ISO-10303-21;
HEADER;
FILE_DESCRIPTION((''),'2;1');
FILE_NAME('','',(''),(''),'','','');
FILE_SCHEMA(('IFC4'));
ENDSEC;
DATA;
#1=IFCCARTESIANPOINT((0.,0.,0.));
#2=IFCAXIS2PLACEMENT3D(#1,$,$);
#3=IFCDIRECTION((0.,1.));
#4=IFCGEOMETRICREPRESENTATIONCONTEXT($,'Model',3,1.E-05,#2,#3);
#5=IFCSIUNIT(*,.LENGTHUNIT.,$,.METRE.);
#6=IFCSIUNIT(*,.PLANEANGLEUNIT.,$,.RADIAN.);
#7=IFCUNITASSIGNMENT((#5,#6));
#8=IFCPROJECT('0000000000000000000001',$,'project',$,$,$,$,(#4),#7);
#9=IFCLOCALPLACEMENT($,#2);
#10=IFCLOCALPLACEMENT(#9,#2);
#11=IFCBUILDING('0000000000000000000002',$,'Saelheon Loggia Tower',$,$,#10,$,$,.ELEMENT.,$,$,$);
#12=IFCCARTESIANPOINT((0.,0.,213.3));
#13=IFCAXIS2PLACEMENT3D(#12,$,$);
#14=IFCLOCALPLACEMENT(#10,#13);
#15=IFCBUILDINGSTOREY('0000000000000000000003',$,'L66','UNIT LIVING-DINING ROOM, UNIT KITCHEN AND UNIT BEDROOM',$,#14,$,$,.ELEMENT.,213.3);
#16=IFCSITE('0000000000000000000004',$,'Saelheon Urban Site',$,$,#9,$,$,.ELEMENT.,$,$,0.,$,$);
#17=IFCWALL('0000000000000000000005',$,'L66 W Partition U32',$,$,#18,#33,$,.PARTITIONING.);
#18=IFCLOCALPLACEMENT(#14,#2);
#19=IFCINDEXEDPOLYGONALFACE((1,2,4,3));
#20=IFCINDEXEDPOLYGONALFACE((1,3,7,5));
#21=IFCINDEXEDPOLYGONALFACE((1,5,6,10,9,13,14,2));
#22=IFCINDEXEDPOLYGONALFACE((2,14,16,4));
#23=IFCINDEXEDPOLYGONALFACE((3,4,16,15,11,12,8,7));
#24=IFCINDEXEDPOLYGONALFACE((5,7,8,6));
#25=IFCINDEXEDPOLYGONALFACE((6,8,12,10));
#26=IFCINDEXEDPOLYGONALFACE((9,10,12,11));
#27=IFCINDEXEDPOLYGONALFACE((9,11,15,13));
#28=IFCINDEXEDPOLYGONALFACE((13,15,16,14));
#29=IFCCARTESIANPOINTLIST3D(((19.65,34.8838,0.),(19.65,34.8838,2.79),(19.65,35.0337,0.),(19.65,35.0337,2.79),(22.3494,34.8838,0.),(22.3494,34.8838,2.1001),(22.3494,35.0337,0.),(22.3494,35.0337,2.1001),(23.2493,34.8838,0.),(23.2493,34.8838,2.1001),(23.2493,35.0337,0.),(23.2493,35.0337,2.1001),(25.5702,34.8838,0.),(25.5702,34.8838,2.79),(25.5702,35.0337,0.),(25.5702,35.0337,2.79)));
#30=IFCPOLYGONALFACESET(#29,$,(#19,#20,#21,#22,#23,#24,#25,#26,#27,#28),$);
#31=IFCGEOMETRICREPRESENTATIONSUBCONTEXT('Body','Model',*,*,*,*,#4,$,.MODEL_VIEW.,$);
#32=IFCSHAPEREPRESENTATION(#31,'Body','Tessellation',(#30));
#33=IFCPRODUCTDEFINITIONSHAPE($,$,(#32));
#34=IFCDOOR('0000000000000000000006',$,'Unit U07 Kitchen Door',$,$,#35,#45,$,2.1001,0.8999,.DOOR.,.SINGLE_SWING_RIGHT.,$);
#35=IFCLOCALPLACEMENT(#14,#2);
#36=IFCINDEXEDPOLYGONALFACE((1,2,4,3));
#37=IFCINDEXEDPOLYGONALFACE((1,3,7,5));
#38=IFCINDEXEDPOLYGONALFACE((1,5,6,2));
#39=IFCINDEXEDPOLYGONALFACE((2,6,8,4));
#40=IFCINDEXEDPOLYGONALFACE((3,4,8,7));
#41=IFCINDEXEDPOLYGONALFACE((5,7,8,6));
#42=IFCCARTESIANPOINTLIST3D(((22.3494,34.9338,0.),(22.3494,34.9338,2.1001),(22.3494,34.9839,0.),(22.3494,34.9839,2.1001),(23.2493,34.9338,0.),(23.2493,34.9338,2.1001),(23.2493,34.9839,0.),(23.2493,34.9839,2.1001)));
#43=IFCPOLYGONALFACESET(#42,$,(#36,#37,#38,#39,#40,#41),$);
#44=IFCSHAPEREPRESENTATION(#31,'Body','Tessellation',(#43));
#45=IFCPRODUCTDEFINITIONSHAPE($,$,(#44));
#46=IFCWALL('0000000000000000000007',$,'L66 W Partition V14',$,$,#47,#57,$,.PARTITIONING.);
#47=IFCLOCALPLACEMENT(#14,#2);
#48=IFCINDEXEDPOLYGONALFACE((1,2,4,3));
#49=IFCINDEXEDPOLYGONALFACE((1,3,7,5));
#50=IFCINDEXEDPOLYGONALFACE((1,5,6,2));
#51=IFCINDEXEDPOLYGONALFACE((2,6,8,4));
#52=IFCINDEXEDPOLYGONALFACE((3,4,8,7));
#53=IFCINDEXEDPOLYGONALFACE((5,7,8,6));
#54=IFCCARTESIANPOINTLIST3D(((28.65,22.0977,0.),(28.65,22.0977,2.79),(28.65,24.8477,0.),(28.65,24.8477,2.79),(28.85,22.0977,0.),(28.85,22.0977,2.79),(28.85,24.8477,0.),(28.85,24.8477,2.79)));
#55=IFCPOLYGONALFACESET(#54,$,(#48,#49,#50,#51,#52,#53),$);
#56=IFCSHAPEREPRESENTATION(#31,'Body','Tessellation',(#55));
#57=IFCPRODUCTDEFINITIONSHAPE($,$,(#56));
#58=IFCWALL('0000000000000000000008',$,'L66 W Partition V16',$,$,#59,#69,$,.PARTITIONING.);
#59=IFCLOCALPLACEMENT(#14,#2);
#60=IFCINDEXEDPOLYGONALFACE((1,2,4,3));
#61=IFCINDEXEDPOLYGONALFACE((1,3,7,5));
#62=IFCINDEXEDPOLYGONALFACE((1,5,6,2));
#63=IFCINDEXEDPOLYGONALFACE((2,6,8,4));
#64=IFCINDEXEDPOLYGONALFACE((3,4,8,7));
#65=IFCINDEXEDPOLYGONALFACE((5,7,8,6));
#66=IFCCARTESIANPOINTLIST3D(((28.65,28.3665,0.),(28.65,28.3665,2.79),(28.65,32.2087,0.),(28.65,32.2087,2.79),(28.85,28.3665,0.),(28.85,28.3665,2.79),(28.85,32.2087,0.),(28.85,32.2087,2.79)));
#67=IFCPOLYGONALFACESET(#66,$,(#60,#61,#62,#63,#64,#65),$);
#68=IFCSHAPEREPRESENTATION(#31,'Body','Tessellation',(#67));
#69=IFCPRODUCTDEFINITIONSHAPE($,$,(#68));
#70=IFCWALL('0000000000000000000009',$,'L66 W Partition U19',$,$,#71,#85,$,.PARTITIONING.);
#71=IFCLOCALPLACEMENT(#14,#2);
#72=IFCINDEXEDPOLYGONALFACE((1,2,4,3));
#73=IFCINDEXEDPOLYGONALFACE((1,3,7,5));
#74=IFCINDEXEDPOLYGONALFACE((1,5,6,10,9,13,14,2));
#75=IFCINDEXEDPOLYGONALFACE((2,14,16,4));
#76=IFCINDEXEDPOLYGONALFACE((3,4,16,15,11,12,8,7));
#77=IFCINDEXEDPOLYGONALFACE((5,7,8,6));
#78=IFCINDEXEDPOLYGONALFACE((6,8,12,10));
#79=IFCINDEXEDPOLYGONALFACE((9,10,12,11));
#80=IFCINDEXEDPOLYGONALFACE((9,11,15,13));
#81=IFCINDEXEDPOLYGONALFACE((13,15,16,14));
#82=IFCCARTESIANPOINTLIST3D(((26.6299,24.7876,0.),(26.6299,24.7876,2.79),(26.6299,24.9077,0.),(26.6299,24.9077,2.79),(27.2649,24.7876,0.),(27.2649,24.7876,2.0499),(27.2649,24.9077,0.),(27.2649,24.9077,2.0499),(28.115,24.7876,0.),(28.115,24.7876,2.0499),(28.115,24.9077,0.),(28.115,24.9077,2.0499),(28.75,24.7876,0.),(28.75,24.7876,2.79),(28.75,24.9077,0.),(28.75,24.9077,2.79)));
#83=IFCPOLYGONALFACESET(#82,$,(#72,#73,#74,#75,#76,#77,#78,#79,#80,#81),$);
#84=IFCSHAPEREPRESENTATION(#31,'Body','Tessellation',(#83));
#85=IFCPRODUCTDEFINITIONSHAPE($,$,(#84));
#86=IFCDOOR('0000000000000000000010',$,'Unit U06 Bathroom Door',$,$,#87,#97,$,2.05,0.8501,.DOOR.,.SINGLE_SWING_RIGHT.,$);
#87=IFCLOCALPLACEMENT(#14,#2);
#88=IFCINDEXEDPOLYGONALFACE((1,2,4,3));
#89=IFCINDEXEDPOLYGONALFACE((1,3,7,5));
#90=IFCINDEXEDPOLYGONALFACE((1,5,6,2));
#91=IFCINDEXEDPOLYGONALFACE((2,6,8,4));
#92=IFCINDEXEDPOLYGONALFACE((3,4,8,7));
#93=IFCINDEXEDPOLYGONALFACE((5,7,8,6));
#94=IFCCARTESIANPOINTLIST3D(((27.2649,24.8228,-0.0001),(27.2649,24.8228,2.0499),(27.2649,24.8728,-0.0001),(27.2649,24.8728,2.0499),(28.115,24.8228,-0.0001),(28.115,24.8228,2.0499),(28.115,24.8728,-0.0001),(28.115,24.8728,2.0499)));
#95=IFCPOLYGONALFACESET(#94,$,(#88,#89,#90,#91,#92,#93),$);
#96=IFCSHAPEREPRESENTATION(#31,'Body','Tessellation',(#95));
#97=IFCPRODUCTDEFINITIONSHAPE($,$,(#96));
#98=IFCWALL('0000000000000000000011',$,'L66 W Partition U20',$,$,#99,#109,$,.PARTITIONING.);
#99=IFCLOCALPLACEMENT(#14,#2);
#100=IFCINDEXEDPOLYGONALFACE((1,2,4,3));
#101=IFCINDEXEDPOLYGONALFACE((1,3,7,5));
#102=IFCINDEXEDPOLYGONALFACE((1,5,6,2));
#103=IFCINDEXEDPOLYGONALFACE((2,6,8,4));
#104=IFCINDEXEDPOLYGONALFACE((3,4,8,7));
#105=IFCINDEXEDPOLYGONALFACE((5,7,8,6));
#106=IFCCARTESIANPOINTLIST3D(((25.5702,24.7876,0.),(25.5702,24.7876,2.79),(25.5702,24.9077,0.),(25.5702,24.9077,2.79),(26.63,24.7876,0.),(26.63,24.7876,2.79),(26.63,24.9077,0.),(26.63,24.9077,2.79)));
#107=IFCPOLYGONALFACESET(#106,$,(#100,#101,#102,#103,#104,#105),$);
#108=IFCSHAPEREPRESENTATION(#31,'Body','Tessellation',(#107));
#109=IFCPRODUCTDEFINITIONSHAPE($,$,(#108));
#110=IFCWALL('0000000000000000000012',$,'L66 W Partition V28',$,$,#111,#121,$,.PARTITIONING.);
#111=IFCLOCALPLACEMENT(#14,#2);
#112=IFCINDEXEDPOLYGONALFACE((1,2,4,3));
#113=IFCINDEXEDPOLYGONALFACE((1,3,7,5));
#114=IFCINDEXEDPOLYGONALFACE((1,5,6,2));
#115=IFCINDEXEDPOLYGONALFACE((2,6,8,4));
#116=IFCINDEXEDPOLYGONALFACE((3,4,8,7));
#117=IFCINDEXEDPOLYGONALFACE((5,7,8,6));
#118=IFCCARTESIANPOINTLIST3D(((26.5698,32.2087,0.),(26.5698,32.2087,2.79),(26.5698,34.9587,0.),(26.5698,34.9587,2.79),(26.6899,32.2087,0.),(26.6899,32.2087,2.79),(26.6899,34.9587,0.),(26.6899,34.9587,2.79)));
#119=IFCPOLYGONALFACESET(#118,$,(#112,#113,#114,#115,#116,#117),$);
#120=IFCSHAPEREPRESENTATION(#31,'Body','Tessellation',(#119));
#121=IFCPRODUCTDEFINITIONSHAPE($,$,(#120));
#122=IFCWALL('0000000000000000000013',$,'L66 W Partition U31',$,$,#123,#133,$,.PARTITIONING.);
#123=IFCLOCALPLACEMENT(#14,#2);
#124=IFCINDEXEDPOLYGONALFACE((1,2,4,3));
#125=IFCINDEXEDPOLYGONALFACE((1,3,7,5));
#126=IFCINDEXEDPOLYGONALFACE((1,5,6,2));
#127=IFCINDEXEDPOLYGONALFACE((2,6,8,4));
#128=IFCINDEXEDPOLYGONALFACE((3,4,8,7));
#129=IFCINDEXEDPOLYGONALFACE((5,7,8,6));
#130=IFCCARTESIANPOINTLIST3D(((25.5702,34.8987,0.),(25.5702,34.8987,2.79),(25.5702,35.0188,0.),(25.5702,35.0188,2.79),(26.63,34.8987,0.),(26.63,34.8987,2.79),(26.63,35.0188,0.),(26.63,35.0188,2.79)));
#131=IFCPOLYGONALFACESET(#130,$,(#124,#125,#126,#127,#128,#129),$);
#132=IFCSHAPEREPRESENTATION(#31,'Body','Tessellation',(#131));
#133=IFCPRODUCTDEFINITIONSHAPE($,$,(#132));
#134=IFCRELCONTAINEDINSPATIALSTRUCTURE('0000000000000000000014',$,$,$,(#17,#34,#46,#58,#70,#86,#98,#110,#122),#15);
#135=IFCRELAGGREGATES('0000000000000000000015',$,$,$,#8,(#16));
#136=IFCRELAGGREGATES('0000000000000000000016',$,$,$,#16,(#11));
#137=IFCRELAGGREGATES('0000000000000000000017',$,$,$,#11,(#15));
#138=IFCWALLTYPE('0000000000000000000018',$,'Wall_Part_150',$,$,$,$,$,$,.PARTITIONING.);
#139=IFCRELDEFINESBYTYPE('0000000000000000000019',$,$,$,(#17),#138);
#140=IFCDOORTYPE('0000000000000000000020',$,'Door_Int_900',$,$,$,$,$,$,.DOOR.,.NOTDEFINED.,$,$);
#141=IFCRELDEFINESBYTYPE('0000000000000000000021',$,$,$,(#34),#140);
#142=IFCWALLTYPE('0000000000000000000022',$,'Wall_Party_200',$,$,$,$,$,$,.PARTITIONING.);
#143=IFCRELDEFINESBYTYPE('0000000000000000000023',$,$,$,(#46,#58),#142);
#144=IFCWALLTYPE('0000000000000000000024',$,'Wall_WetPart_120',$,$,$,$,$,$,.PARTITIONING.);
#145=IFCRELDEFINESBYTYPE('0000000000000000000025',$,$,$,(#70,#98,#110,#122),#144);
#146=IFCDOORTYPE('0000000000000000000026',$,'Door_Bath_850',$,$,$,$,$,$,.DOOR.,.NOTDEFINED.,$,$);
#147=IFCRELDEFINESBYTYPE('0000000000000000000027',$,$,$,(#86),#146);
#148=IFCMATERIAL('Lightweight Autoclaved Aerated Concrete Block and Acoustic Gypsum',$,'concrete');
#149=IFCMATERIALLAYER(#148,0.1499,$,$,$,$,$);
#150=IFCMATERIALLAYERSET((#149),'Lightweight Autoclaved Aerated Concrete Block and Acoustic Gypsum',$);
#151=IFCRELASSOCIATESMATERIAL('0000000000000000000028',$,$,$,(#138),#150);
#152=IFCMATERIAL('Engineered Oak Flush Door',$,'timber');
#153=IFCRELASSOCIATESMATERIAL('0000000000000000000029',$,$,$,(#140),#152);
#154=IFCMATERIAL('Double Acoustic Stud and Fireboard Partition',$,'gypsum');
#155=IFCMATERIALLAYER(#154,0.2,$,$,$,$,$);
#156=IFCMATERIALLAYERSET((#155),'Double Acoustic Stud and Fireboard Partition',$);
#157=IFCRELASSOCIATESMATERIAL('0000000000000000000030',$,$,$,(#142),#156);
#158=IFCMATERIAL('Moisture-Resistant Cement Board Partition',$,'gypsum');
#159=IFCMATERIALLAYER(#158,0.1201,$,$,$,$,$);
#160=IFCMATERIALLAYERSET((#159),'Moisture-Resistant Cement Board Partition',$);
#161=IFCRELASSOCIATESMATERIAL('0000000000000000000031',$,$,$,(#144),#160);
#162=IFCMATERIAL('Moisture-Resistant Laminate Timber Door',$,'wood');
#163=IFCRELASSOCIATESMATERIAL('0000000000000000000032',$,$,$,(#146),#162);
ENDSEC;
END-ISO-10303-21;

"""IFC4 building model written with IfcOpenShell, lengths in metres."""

from ifc_helpers import new_model, si_unit, direction, frame, frame_2d, origin, place, context, subcontext, project, spatial, rectangle, extrude, source, transform, mapped, material, layer, layer_set, type_object, element, fill, save


model = new_model("IFC4")

# Units and contexts
model_context = context("Model", 3, precision=1e-05, world=origin(), true_north=direction((0.0, 1.0)))
body_context = subcontext(model_context, "Body", "Model", "MODEL_VIEW")
ifc_project = project(units=[si_unit("LENGTHUNIT", "METRE"), si_unit("PLANEANGLEUNIT", "RADIAN")], contexts=[model_context])

# Site, building, storey
site_placement = place(None, origin())
site = spatial("IfcSite", under=ifc_project, at=site_placement, Name="Saelheon Urban Site", CompositionType="ELEMENT", RefElevation=0.0)
building_placement = place(site_placement, origin())
building = spatial("IfcBuilding", under=site, at=building_placement, Name="Saelheon Loggia Tower", CompositionType="ELEMENT")
storey_placement = place(building_placement, frame((0.0, 0.0, 213.3)))
storey = spatial("IfcBuildingStorey", under=building, at=storey_placement, Name="L66", Description="UNIT LIVING-DINING ROOM, UNIT KITCHEN AND UNIT BEDROOM", CompositionType="ELEMENT", Elevation=213.3)

# Shared definitions
ifc_material_1 = material(Name="Lightweight Autoclaved Aerated Concrete Block and Acoustic Gypsum", Category="concrete")
ifc_layer_1 = layer(ifc_material_1, 0.1499)
ifc_layer_set_1 = layer_set([ifc_layer_1], Name="Lightweight Autoclaved Aerated Concrete Block and Acoustic Gypsum")
wall_type_1 = type_object("IfcWallType", Name="Wall_Part_150", PredefinedType="PARTITIONING", material=ifc_layer_set_1)

# Wall, opening, door
ifc_material_2 = material(Name="Engineered Oak Flush Door", Category="timber")
door_type_1 = type_object("IfcDoorType", Name="Door_Int_900", OperationType="NOTDEFINED", PredefinedType="DOOR", material=ifc_material_2)
shared_shape_1 = source(origin(), body_context, "Body", "SweptSolid", [
    extrude(rectangle(XDim=0.8999, YDim=2.1001, at=frame_2d((0.45, 1.05))), frame((0.0, 0.0249, 0.0), z_axis=(0.0, -1.0, 0.0), x_axis=(1.0, 0.0, 0.0)), (0.0, 0.0, 1.0), 0.05),
])
wall_1_placement = place(storey_placement, frame((25.5701, 34.9587, 0.0), z_axis=(0.0, 0.0, 1.0), x_axis=(-1.0, 0.0, 0.0)))
wall_1 = element("IfcWall", 1, at=wall_1_placement, inside=storey, type_object=wall_type_1, Name="L66 W Partition U32", PredefinedType="PARTITIONING", context=body_context, shape_type="SweptSolid", body=[
    extrude(rectangle(XDim=5.9202, YDim=0.1499, at=frame_2d((2.96, 0.0))), origin(), (0.0, 0.0, 1.0), 2.79),
])
opening_1_placement = place(wall_1_placement, frame((2.3208, 0.0, 0.0)))
opening_1 = element("IfcOpeningElement", 2, at=opening_1_placement, cuts=wall_1, PredefinedType="OPENING", context=body_context, shape_type="SweptSolid", body=[
    extrude(rectangle(XDim=0.8999, YDim=2.1001, at=frame_2d((0.45, 1.05))), frame((0.0, 0.0869, 0.0), z_axis=(0.0, -1.0, 0.0), x_axis=(1.0, 0.0, 0.0)), (0.0, 0.0, 1.0), 0.1738),
])
door_1_placement = place(opening_1_placement, origin())
door_1 = element("IfcDoor", 3, at=door_1_placement, inside=storey, type_object=door_type_1, Name="Unit U07 Kitchen Door", OperationType="SINGLE_SWING_RIGHT", OverallHeight=2.1001, OverallWidth=0.8999, PredefinedType="DOOR", context=body_context, shape_type="MappedRepresentation", body=[
    mapped(shared_shape_1, transform((0.0, 0.0, 0.0), scale=1.0)),
])
fill(opening_1, door_1)

# Wall
ifc_material_3 = material(Name="Double Acoustic Stud and Fireboard Partition", Category="gypsum")
ifc_layer_2 = layer(ifc_material_3, 0.2)
ifc_layer_set_2 = layer_set([ifc_layer_2], Name="Double Acoustic Stud and Fireboard Partition")
wall_type_2 = type_object("IfcWallType", Name="Wall_Party_200", PredefinedType="PARTITIONING", material=ifc_layer_set_2)
wall_2_placement = place(storey_placement, frame((28.75, 22.0977, 0.0), z_axis=(0.0, 0.0, 1.0), x_axis=(0.0, 1.0, 0.0)))
element("IfcWall", 4, at=wall_2_placement, inside=storey, type_object=wall_type_2, Name="L66 W Partition V14", PredefinedType="PARTITIONING", context=body_context, shape_type="SweptSolid", body=[
    extrude(rectangle(XDim=2.75, YDim=0.2, at=frame_2d((1.375, 0.0))), origin(), (0.0, 0.0, 1.0), 2.79),
])

# Wall
wall_3_placement = place(storey_placement, frame((28.75, 28.3665, 0.0), z_axis=(0.0, 0.0, 1.0), x_axis=(0.0, 1.0, 0.0)))
element("IfcWall", 5, at=wall_3_placement, inside=storey, type_object=wall_type_2, Name="L66 W Partition V16", PredefinedType="PARTITIONING", context=body_context, shape_type="SweptSolid", body=[
    extrude(rectangle(XDim=3.8423, YDim=0.2, at=frame_2d((1.9211, 0.0))), origin(), (0.0, 0.0, 1.0), 2.79),
])

# Wall, opening, door
ifc_material_4 = material(Name="Moisture-Resistant Cement Board Partition", Category="gypsum")
ifc_layer_3 = layer(ifc_material_4, 0.1201)
ifc_layer_set_3 = layer_set([ifc_layer_3], Name="Moisture-Resistant Cement Board Partition")
wall_type_3 = type_object("IfcWallType", Name="Wall_WetPart_120", PredefinedType="PARTITIONING", material=ifc_layer_set_3)
wall_4_placement = place(storey_placement, frame((28.75, 24.8477, 0.0), z_axis=(0.0, 0.0, 1.0), x_axis=(-1.0, 0.0, 0.0)))
wall_4 = element("IfcWall", 6, at=wall_4_placement, inside=storey, type_object=wall_type_3, Name="L66 W Partition U19", PredefinedType="PARTITIONING", context=body_context, shape_type="SweptSolid", body=[
    extrude(rectangle(XDim=2.1201, YDim=0.1201, at=frame_2d((1.0601, 0.0))), origin(), (0.0, 0.0, 1.0), 2.79),
])
opening_2_placement = place(wall_4_placement, frame((0.635, 0.0, 0.0)))
opening_2 = element("IfcOpeningElement", 7, at=opening_2_placement, cuts=wall_4, PredefinedType="OPENING", context=body_context, shape_type="SweptSolid", body=[
    extrude(rectangle(XDim=0.8501, YDim=2.05, at=frame_2d((0.425, 1.0249))), frame((0.0, 0.072, 0.0), z_axis=(0.0, -1.0, 0.0), x_axis=(1.0, 0.0, 0.0)), (0.0, 0.0, 1.0), 0.144),
])
ifc_material_5 = material(Name="Moisture-Resistant Laminate Timber Door", Category="wood")
door_type_2 = type_object("IfcDoorType", Name="Door_Bath_850", OperationType="NOTDEFINED", PredefinedType="DOOR", material=ifc_material_5)
shared_shape_2 = source(origin(), body_context, "Body", "SweptSolid", [
    extrude(rectangle(XDim=0.8501, YDim=2.05, at=frame_2d((0.425, 1.0249))), frame((0.0, 0.0249, 0.0), z_axis=(0.0, -1.0, 0.0), x_axis=(1.0, 0.0, 0.0)), (0.0, 0.0, 1.0), 0.05),
])
door_2_placement = place(opening_2_placement, origin())
door_2 = element("IfcDoor", 8, at=door_2_placement, inside=storey, type_object=door_type_2, Name="Unit U06 Bathroom Door", OperationType="SINGLE_SWING_RIGHT", OverallHeight=2.05, OverallWidth=0.8501, PredefinedType="DOOR", context=body_context, shape_type="MappedRepresentation", body=[
    mapped(shared_shape_2, transform((0.0, 0.0, 0.0), scale=1.0)),
])
fill(opening_2, door_2)

# Walls
wall_5_placement = place(storey_placement, frame((26.6299, 24.8477, 0.0), z_axis=(0.0, 0.0, 1.0), x_axis=(-1.0, 0.0, 0.0)))
element("IfcWall", 9, at=wall_5_placement, inside=storey, type_object=wall_type_3, Name="L66 W Partition U20", PredefinedType="PARTITIONING", context=body_context, shape_type="SweptSolid", body=[
    extrude(rectangle(XDim=1.0598, YDim=0.1201, at=frame_2d((0.5298, 0.0))), origin(), (0.0, 0.0, 1.0), 2.79),
])
wall_6_placement = place(storey_placement, frame((26.6299, 32.2087, 0.0), z_axis=(0.0, 0.0, 1.0), x_axis=(0.0, 1.0, 0.0)))
element("IfcWall", 10, at=wall_6_placement, inside=storey, type_object=wall_type_3, Name="L66 W Partition V28", PredefinedType="PARTITIONING", context=body_context, shape_type="SweptSolid", body=[
    extrude(rectangle(XDim=2.75, YDim=0.1201, at=frame_2d((1.375, 0.0))), origin(), (0.0, 0.0, 1.0), 2.79),
])
wall_7_placement = place(storey_placement, frame((26.6299, 34.9587, 0.0), z_axis=(0.0, 0.0, 1.0), x_axis=(-1.0, 0.0, 0.0)))
element("IfcWall", 11, at=wall_7_placement, inside=storey, type_object=wall_type_3, Name="L66 W Partition U31", PredefinedType="PARTITIONING", context=body_context, shape_type="SweptSolid", body=[
    extrude(rectangle(XDim=1.0598, YDim=0.1201, at=frame_2d((0.5298, 0.0))), origin(), (0.0, 0.0, 1.0), 2.79),
])

save(model, "model.ifc")
